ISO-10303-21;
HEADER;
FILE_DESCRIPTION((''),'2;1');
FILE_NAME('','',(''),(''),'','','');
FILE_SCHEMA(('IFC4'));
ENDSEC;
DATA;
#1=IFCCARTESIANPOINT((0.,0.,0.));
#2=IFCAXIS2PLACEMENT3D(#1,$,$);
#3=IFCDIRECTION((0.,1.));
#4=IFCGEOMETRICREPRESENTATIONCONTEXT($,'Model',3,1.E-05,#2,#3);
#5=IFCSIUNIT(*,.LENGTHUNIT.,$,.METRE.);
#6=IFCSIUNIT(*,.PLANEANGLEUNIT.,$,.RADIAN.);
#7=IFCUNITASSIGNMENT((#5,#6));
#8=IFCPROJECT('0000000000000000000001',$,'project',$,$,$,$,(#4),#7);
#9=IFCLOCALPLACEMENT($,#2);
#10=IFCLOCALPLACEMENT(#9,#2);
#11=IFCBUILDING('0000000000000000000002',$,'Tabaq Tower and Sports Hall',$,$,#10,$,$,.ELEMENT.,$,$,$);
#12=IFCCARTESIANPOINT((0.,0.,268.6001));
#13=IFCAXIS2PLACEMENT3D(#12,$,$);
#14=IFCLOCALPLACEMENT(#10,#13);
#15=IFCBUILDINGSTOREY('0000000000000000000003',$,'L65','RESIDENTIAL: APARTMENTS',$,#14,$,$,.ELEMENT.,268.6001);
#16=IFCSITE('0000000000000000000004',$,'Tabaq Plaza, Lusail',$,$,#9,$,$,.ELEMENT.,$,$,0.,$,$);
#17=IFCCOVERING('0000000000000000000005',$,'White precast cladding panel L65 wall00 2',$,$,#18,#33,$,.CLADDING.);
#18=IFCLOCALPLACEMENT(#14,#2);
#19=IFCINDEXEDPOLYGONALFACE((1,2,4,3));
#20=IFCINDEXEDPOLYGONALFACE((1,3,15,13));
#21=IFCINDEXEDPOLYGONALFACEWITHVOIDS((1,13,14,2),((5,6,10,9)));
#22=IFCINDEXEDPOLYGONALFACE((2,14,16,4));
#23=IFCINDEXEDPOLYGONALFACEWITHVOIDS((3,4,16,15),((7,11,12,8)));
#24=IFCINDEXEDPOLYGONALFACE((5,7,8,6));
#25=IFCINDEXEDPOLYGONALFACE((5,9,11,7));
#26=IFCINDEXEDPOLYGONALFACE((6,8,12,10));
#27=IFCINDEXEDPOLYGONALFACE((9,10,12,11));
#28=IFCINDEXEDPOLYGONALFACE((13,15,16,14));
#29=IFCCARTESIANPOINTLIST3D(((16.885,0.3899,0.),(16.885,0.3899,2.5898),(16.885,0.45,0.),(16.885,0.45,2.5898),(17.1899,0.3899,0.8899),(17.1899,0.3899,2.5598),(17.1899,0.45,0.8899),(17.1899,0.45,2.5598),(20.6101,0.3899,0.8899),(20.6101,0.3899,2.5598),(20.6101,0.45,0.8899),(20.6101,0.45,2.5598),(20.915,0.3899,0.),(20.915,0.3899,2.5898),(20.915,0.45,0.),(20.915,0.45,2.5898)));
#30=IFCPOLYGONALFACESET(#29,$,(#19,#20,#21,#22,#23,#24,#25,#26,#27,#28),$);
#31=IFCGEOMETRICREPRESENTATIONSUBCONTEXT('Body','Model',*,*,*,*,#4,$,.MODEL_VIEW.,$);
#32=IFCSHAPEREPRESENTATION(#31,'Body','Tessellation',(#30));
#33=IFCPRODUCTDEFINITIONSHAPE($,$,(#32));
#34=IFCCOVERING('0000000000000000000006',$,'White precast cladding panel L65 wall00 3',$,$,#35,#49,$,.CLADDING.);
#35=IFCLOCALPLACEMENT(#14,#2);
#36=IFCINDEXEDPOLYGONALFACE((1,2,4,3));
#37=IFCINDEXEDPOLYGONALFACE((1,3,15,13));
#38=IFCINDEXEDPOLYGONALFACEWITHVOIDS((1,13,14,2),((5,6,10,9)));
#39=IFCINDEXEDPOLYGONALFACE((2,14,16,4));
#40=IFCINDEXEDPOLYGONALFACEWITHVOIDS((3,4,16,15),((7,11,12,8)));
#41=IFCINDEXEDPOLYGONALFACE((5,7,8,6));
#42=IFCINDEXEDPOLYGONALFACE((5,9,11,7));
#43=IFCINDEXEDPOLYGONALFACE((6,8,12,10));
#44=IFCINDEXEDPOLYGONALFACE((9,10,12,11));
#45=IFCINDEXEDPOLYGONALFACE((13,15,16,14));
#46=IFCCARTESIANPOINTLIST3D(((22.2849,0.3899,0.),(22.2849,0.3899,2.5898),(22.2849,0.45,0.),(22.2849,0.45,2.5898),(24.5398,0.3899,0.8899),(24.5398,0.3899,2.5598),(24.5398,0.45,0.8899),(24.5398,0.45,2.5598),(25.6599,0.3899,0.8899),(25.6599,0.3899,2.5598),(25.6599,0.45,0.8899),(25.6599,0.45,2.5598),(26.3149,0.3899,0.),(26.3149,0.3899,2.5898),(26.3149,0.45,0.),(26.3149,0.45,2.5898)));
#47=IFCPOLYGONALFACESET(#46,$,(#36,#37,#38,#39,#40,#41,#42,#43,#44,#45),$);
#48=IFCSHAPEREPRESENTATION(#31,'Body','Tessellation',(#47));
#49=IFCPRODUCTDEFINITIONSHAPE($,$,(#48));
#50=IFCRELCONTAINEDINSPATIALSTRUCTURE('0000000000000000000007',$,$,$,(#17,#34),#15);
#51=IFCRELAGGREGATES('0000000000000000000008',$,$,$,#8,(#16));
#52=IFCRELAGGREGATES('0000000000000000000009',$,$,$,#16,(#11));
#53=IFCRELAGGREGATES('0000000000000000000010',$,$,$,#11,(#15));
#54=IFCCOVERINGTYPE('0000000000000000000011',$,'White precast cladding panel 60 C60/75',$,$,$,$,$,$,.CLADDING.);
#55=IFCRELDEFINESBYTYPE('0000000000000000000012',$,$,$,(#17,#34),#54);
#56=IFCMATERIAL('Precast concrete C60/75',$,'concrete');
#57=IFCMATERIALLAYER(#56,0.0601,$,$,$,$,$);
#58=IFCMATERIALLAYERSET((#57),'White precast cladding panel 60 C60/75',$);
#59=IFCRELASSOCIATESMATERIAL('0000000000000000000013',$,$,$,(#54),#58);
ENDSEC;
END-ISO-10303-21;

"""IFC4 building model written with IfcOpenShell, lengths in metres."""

from ifc_helpers import new_model, si_unit, direction, frame, origin, place, context, subcontext, project, spatial, polyline, outline, extrude, material, layer, layer_set, type_object, element, save


model = new_model("IFC4")

# Units and contexts
model_context = context("Model", 3, precision=1e-05, world=origin(), true_north=direction((0.0, 1.0)))
body_context = subcontext(model_context, "Body", "Model", "MODEL_VIEW")
ifc_project = project(units=[si_unit("LENGTHUNIT", "METRE"), si_unit("PLANEANGLEUNIT", "RADIAN")], contexts=[model_context])

# Site, building, storey
site_placement = place(None, origin())
site = spatial("IfcSite", under=ifc_project, at=site_placement, Name="Tabaq Plaza, Lusail", CompositionType="ELEMENT", RefElevation=0.0)
building_placement = place(site_placement, origin())
building = spatial("IfcBuilding", under=site, at=building_placement, Name="Tabaq Tower and Sports Hall", CompositionType="ELEMENT")
storey_placement = place(building_placement, frame((0.0, 0.0, 268.6001)))
storey = spatial("IfcBuildingStorey", under=building, at=storey_placement, Name="L65", Description="RESIDENTIAL: APARTMENTS", CompositionType="ELEMENT", Elevation=268.6001)

# Coverings
ifc_material_1 = material(Name="Precast concrete C60/75", Category="concrete")
ifc_layer_1 = layer(ifc_material_1, 0.0601)
ifc_layer_set_1 = layer_set([ifc_layer_1], Name="White precast cladding panel 60 C60/75")
covering_type_1 = type_object("IfcCoveringType", Name="White precast cladding panel 60 C60/75", PredefinedType="CLADDING", material=ifc_layer_set_1)
covering_1_placement = place(storey_placement, frame((16.885, 0.4199, 0.0), z_axis=(0.0, 0.0, 1.0), x_axis=(1.0, 0.0, 0.0)))
element("IfcCovering", 1, at=covering_1_placement, inside=storey, type_object=covering_type_1, Name="White precast cladding panel L65 wall00 2", PredefinedType="CLADDING", context=body_context, shape_type="SweptSolid", body=[
    extrude(outline(polyline([(0.0, 0.0), (4.03, 0.0), (4.03, 2.5898), (0.0, 2.5898), (0.0, 0.0)]), holes=[polyline([(3.7251, 0.8899), (0.3049, 0.8899), (0.3049, 2.5598), (3.7251, 2.5598), (3.7251, 0.8899)])]), frame((0.0, 0.03, 0.0), z_axis=(0.0, -1.0, 0.0), x_axis=(1.0, 0.0, 0.0)), (0.0, 0.0, 1.0), 0.0601),
])
covering_2_placement = place(storey_placement, frame((22.2849, 0.4199, 0.0), z_axis=(0.0, 0.0, 1.0), x_axis=(1.0, 0.0, 0.0)))
element("IfcCovering", 2, at=covering_2_placement, inside=storey, type_object=covering_type_1, Name="White precast cladding panel L65 wall00 3", PredefinedType="CLADDING", context=body_context, shape_type="SweptSolid", body=[
    extrude(outline(polyline([(0.0, 0.0), (4.03, 0.0), (4.03, 2.5898), (0.0, 2.5898), (0.0, 0.0)]), holes=[polyline([(3.375, 0.8899), (2.2549, 0.8899), (2.2549, 2.5598), (3.375, 2.5598), (3.375, 0.8899)])]), frame((0.0, 0.03, 0.0), z_axis=(0.0, -1.0, 0.0), x_axis=(1.0, 0.0, 0.0)), (0.0, 0.0, 1.0), 0.0601),
])

save(model, "model.ifc")
